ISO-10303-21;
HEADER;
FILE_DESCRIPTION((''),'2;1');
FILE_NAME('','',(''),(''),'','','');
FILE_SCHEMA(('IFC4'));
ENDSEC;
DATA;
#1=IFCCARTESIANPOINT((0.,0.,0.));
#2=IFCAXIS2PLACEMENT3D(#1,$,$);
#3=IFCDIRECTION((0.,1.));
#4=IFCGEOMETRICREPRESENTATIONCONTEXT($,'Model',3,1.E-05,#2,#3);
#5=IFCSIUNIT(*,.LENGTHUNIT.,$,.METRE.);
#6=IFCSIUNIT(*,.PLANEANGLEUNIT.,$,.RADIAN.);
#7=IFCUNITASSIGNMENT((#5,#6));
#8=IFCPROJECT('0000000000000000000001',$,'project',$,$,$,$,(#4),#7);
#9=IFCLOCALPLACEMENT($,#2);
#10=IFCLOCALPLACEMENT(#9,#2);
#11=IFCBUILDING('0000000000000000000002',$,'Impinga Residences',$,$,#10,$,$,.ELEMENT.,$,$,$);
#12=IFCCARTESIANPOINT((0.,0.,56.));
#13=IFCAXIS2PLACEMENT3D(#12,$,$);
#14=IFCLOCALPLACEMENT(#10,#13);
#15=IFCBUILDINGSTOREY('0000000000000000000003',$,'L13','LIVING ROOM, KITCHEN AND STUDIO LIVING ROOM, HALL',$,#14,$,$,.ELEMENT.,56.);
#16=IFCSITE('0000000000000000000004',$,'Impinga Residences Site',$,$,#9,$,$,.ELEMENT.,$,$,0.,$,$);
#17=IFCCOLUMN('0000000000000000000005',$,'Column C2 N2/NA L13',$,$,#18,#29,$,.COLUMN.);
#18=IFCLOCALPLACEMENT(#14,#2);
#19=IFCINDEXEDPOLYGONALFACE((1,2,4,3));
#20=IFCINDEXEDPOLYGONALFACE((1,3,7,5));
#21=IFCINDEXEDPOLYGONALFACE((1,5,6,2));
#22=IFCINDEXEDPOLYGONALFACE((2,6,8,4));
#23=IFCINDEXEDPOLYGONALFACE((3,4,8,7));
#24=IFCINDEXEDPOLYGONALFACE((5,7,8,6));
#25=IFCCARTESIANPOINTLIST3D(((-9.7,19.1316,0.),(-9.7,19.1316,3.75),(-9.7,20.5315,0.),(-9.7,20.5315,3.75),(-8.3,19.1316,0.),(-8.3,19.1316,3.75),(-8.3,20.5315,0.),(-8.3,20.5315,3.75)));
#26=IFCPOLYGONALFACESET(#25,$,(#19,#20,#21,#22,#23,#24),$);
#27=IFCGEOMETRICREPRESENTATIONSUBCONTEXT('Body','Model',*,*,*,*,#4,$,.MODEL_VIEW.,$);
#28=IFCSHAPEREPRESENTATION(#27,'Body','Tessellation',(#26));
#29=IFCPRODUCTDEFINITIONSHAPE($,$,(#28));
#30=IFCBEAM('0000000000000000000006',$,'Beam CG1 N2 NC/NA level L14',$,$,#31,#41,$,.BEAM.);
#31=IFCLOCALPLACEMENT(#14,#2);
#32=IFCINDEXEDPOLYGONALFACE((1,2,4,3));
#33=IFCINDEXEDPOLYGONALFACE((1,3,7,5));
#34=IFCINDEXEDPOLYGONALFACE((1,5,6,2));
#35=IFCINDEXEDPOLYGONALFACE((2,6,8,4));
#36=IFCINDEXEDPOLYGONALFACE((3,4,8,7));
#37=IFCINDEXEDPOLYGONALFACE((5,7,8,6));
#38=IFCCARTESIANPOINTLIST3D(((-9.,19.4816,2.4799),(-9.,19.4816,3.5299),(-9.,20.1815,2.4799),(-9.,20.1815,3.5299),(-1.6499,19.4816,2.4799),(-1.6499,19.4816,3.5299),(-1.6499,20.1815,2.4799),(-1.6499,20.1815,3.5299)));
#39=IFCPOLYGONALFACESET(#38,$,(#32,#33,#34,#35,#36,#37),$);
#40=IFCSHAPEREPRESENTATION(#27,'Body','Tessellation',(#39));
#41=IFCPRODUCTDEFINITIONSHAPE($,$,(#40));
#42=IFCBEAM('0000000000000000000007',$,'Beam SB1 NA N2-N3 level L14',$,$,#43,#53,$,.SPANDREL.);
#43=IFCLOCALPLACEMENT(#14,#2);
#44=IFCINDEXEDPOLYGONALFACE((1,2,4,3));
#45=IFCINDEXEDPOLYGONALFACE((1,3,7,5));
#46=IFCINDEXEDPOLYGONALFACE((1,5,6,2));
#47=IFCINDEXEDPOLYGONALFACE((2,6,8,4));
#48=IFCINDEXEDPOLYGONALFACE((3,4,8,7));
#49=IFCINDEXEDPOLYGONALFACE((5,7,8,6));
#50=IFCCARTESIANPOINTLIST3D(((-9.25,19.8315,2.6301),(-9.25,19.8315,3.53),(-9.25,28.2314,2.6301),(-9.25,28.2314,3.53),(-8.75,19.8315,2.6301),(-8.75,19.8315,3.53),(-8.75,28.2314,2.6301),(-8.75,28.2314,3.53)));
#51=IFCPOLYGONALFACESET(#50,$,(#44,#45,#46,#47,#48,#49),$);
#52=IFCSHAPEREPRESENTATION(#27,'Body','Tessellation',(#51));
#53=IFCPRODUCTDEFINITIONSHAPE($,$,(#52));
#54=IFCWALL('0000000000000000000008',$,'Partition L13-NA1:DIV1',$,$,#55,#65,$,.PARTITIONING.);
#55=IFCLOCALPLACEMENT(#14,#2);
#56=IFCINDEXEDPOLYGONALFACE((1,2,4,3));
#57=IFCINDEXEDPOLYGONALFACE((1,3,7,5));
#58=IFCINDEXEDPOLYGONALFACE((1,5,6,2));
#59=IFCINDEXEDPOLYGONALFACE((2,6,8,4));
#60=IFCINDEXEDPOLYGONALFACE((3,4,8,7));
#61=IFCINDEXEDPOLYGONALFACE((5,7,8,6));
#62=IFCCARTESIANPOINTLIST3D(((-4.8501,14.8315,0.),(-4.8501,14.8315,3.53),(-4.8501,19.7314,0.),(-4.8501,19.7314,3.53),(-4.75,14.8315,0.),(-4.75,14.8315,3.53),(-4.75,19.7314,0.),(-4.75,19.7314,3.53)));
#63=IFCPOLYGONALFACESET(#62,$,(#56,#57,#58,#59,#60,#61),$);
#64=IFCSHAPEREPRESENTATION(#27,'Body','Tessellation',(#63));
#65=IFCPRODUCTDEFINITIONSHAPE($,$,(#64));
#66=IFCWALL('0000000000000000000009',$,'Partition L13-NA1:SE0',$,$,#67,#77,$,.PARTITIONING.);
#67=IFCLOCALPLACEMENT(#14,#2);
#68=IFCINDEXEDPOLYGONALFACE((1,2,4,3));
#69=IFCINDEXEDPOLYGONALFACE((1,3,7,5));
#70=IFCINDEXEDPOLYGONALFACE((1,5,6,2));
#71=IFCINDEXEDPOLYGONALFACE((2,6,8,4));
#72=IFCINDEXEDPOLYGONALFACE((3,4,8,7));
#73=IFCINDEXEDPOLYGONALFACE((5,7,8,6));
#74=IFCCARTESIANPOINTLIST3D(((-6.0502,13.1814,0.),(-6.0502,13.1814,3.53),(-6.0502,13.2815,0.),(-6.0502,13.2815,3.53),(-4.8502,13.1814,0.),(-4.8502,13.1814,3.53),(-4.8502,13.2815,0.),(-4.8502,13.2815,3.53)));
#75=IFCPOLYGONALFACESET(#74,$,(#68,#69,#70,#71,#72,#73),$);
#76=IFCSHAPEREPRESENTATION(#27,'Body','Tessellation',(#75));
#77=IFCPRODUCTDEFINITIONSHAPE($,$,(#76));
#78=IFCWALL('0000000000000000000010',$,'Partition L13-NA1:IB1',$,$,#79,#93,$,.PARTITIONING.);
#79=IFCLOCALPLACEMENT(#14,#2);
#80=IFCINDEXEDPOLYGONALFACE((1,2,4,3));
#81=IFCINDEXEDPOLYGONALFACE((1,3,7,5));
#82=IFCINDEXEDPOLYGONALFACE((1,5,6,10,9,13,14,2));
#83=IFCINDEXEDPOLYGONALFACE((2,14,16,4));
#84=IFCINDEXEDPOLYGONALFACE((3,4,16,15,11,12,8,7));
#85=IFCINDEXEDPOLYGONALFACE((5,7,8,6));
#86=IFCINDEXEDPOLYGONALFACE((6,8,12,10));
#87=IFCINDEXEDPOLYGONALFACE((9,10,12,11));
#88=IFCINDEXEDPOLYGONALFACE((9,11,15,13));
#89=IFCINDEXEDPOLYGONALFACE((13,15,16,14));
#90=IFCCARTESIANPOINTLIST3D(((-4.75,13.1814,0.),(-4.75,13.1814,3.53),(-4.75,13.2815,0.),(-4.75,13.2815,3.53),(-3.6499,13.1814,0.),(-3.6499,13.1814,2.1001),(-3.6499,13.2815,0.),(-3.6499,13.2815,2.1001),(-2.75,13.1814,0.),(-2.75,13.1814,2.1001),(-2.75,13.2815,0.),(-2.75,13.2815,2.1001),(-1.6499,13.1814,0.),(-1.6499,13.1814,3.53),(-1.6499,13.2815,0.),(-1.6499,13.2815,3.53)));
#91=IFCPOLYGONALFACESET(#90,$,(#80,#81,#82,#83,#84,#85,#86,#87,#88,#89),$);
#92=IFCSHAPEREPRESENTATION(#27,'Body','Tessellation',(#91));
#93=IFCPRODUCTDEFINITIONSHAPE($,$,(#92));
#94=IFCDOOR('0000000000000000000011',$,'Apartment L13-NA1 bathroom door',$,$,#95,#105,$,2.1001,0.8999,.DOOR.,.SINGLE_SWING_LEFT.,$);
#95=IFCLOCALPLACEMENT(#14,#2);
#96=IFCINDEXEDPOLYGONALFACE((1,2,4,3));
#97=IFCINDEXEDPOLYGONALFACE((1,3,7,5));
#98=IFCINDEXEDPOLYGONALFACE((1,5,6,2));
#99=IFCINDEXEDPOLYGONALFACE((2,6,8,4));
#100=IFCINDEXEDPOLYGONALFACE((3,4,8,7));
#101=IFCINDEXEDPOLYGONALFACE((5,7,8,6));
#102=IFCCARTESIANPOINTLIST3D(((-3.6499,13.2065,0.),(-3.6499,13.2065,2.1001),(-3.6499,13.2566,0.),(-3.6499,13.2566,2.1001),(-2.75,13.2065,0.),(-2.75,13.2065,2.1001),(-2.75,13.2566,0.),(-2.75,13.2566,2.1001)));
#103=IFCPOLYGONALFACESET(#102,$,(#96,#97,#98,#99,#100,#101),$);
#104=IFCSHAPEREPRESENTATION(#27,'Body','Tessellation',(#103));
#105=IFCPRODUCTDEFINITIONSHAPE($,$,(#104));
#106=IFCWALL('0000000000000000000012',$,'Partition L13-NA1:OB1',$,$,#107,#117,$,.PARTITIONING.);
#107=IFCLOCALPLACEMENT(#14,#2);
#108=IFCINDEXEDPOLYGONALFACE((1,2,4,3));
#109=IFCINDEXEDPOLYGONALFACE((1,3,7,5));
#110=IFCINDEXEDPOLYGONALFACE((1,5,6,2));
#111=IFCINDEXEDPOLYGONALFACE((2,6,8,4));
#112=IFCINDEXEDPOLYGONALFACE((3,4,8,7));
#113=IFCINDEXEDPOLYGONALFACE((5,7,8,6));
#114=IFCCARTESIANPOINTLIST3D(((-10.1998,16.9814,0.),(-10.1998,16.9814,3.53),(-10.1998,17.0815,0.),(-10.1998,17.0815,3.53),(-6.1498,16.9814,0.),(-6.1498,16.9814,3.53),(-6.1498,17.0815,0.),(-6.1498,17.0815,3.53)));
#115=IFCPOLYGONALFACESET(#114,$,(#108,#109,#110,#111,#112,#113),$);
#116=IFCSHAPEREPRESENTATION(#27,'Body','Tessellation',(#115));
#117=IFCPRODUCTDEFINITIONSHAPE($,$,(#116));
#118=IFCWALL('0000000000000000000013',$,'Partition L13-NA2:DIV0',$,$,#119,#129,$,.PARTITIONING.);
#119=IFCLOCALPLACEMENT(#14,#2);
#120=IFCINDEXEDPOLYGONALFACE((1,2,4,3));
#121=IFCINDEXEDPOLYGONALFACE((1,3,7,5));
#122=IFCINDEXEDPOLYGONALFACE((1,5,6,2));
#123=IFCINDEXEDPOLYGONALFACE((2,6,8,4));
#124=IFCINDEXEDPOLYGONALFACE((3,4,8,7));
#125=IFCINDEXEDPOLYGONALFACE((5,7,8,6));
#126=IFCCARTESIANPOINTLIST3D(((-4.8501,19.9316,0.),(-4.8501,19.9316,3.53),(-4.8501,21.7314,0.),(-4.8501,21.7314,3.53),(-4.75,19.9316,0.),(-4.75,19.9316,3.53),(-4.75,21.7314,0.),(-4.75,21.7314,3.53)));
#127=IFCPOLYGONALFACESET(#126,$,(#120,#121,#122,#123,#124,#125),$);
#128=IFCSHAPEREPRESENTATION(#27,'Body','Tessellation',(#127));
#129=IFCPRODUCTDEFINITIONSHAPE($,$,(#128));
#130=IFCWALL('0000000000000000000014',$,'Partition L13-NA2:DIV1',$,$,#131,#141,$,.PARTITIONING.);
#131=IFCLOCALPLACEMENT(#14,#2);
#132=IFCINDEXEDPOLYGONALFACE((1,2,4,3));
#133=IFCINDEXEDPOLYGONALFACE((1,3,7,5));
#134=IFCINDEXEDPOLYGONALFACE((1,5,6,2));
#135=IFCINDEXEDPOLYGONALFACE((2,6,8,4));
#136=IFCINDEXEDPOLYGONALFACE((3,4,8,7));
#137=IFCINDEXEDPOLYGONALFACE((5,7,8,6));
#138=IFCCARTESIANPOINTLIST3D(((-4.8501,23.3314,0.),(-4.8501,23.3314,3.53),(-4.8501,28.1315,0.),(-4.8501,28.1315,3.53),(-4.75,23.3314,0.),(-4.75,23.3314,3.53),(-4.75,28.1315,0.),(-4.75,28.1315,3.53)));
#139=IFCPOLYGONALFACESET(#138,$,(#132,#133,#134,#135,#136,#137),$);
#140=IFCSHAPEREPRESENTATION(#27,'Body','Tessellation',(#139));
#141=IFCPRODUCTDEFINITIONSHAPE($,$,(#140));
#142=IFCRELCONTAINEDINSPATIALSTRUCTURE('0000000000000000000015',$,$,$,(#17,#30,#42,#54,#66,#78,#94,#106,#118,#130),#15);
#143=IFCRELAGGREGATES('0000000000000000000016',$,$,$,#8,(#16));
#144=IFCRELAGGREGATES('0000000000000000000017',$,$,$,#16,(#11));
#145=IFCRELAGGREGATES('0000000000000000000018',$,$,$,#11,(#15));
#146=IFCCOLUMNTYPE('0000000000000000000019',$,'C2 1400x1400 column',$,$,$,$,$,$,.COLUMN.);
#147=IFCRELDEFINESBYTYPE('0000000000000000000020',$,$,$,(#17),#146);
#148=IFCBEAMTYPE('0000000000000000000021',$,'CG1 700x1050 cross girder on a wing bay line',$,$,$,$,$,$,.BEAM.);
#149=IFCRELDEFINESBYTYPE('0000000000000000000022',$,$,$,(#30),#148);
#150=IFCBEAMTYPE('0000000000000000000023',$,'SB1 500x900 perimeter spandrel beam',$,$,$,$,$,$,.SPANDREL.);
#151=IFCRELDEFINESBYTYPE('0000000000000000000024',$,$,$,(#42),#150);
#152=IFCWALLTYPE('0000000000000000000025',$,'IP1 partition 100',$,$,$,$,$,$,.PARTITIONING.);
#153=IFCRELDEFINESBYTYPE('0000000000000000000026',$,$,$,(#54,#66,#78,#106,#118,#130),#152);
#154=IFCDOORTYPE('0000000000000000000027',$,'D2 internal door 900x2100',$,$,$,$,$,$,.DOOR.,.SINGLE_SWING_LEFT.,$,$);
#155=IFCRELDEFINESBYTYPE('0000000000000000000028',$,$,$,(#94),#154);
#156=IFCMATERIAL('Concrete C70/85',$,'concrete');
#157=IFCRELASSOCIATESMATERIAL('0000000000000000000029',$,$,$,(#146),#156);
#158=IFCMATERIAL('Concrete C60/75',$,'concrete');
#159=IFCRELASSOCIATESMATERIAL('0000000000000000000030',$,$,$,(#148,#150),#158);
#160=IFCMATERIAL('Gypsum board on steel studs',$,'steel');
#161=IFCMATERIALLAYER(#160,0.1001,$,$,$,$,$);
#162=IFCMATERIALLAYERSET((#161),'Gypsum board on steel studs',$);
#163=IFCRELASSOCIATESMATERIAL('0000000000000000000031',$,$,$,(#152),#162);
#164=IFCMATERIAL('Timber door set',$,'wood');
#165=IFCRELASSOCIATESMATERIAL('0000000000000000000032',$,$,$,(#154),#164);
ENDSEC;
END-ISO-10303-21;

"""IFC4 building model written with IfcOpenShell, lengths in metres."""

from ifc_helpers import new_model, si_unit, direction, frame, frame_2d, origin, origin_2d, place, context, subcontext, project, spatial, rectangle, extrude, material, layer, layer_set, material_profile, profile_set, type_object, element, fill, save


model = new_model("IFC4")

# Units and contexts
model_context = context("Model", 3, precision=1e-05, world=origin(), true_north=direction((0.0, 1.0)))
body_context = subcontext(model_context, "Body", "Model", "MODEL_VIEW")
ifc_project = project(units=[si_unit("LENGTHUNIT", "METRE"), si_unit("PLANEANGLEUNIT", "RADIAN")], contexts=[model_context])

# Site, building, storey
site_placement = place(None, origin())
site = spatial("IfcSite", under=ifc_project, at=site_placement, Name="Impinga Residences Site", CompositionType="ELEMENT", RefElevation=0.0)
building_placement = place(site_placement, origin())
building = spatial("IfcBuilding", under=site, at=building_placement, Name="Impinga Residences", CompositionType="ELEMENT")
storey_placement = place(building_placement, frame((0.0, 0.0, 56.0)))
storey = spatial("IfcBuildingStorey", under=building, at=storey_placement, Name="L13", Description="LIVING ROOM, KITCHEN AND STUDIO LIVING ROOM, HALL", CompositionType="ELEMENT", Elevation=56.0)

# Column
ifc_material_1 = material(Name="Concrete C70/85", Category="concrete")
ifc_material_profile_1 = material_profile(ifc_material_1, rectangle(XDim=1.3999, YDim=1.3999, at=origin_2d()), Name="RC 1400x1400")
ifc_profile_set_1 = profile_set([ifc_material_profile_1], Name="Concrete C70/85")
column_type = type_object("IfcColumnType", Name="C2 1400x1400 column", PredefinedType="COLUMN", material=ifc_profile_set_1)
column_placement = place(storey_placement, frame((-9.0, 19.8315, 0.0), z_axis=(0.0, 0.0, 1.0), x_axis=(1.0, 0.0, 0.0)))
element("IfcColumn", 1, at=column_placement, inside=storey, type_object=column_type, Name="Column C2 N2/NA L13", PredefinedType="COLUMN", context=body_context, shape_type="SweptSolid", body=[
    extrude(rectangle(XDim=1.3999, YDim=1.3999, at=origin_2d()), origin(), (0.0, 0.0, 1.0), 3.75),
])

# Beams
ifc_material_2 = material(Name="Concrete C60/75", Category="concrete")
ifc_material_profile_2 = material_profile(ifc_material_2, rectangle(XDim=0.7, YDim=1.05, at=origin_2d()), Name="RC 700x1050")
ifc_profile_set_2 = profile_set([ifc_material_profile_2], Name="Concrete C60/75")
beam_type_1 = type_object("IfcBeamType", Name="CG1 700x1050 cross girder on a wing bay line", PredefinedType="BEAM", material=ifc_profile_set_2)
beam_1_placement = place(storey_placement, frame((-1.6499, 19.8315, 3.0049), z_axis=(-1.0, 0.0, 0.0), x_axis=(0.0, -1.0, 0.0)))
element("IfcBeam", 2, at=beam_1_placement, inside=storey, type_object=beam_type_1, Name="Beam CG1 N2 NC/NA level L14", PredefinedType="BEAM", context=body_context, shape_type="SweptSolid", body=[
    extrude(rectangle(XDim=0.7, YDim=1.05, at=origin_2d()), origin(), (0.0, 0.0, 1.0), 7.3501),
])
ifc_material_profile_3 = material_profile(ifc_material_2, rectangle(XDim=0.5, YDim=0.8999, at=origin_2d()), Name="RC 500x900")
ifc_profile_set_3 = profile_set([ifc_material_profile_3], Name="Concrete C60/75")
beam_type_2 = type_object("IfcBeamType", Name="SB1 500x900 perimeter spandrel beam", PredefinedType="SPANDREL", material=ifc_profile_set_3)
beam_2_placement = place(storey_placement, frame((-9.0, 19.8315, 3.0801), z_axis=(0.0, 1.0, 0.0), x_axis=(-1.0, 0.0, 0.0)))
element("IfcBeam", 3, at=beam_2_placement, inside=storey, type_object=beam_type_2, Name="Beam SB1 NA N2-N3 level L14", PredefinedType="SPANDREL", context=body_context, shape_type="SweptSolid", body=[
    extrude(rectangle(XDim=0.5, YDim=0.8999, at=origin_2d()), origin(), (0.0, 0.0, 1.0), 8.3999),
])

# Walls
ifc_material_3 = material(Name="Gypsum board on steel studs", Category="steel")
ifc_layer_1 = layer(ifc_material_3, 0.1001)
ifc_layer_set_1 = layer_set([ifc_layer_1], Name="Gypsum board on steel studs")
wall_type_1 = type_object("IfcWallType", Name="IP1 partition 100", PredefinedType="PARTITIONING", material=ifc_layer_set_1)
wall_1_placement = place(storey_placement, frame((-4.8, 14.8315, 0.0), z_axis=(0.0, 0.0, 1.0), x_axis=(0.0, 1.0, 0.0)))
element("IfcWall", 4, at=wall_1_placement, inside=storey, type_object=wall_type_1, Name="Partition L13-NA1:DIV1", PredefinedType="PARTITIONING", context=body_context, shape_type="SweptSolid", body=[
    extrude(rectangle(XDim=4.8999, YDim=0.1001, at=frame_2d((2.45, 0.0))), origin(), (0.0, 0.0, 1.0), 3.53),
])
wall_2_placement = place(storey_placement, frame((-4.8501, 13.2314, 0.0), z_axis=(0.0, 0.0, 1.0), x_axis=(-1.0, 0.0, 0.0)))
element("IfcWall", 5, at=wall_2_placement, inside=storey, type_object=wall_type_1, Name="Partition L13-NA1:SE0", PredefinedType="PARTITIONING", context=body_context, shape_type="SweptSolid", body=[
    extrude(rectangle(XDim=1.2, YDim=0.1001, at=frame_2d((0.6001, 0.0))), origin(), (0.0, 0.0, 1.0), 3.53),
])

# Wall, opening, door
wall_3_placement = place(storey_placement, frame((-1.6499, 13.2314, 0.0), z_axis=(0.0, 0.0, 1.0), x_axis=(-1.0, 0.0, 0.0)))
wall_3 = element("IfcWall", 6, at=wall_3_placement, inside=storey, type_object=wall_type_1, Name="Partition L13-NA1:IB1", PredefinedType="PARTITIONING", context=body_context, shape_type="SweptSolid", body=[
    extrude(rectangle(XDim=3.1001, YDim=0.1001, at=frame_2d((1.55, 0.0))), origin(), (0.0, 0.0, 1.0), 3.53),
])
opening_1_placement = place(wall_3_placement, frame((1.1001, 0.0, 0.0)))
opening_1 = element("IfcOpeningElement", 7, at=opening_1_placement, cuts=wall_3, PredefinedType="OPENING", context=body_context, shape_type="SweptSolid", body=[
    extrude(rectangle(XDim=0.8999, YDim=2.1001, at=frame_2d((0.45, 1.05))), frame((0.0, 0.0601, 0.0), z_axis=(0.0, -1.0, 0.0), x_axis=(1.0, 0.0, 0.0)), (0.0, 0.0, 1.0), 0.1201),
])
ifc_material_4 = material(Name="Timber door set", Category="wood")
door_type = type_object("IfcDoorType", Name="D2 internal door 900x2100", OperationType="SINGLE_SWING_LEFT", PredefinedType="DOOR", material=ifc_material_4)
door_1_placement = place(opening_1_placement, origin())
door_1 = element("IfcDoor", 8, at=door_1_placement, inside=storey, type_object=door_type, Name="Apartment L13-NA1 bathroom door", OperationType="SINGLE_SWING_LEFT", OverallHeight=2.1001, OverallWidth=0.8999, PredefinedType="DOOR", context=body_context, shape_type="SweptSolid", body=[
    extrude(rectangle(XDim=0.8999, YDim=2.1001, at=frame_2d((0.45, 1.05))), frame((0.0, 0.0249, 0.0), z_axis=(0.0, -1.0, 0.0), x_axis=(1.0, 0.0, 0.0)), (0.0, 0.0, 1.0), 0.05),
])
fill(opening_1, door_1)

# Walls
wall_4_placement = place(storey_placement, frame((-6.1499, 17.0315, 0.0), z_axis=(0.0, 0.0, 1.0), x_axis=(-1.0, 0.0, 0.0)))
element("IfcWall", 9, at=wall_4_placement, inside=storey, type_object=wall_type_1, Name="Partition L13-NA1:OB1", PredefinedType="PARTITIONING", context=body_context, shape_type="SweptSolid", body=[
    extrude(rectangle(XDim=4.05, YDim=0.1001, at=frame_2d((2.0249, 0.0))), origin(), (0.0, 0.0, 1.0), 3.53),
])
wall_5_placement = place(storey_placement, frame((-4.8, 19.9316, 0.0), z_axis=(0.0, 0.0, 1.0), x_axis=(0.0, 1.0, 0.0)))
element("IfcWall", 10, at=wall_5_placement, inside=storey, type_object=wall_type_1, Name="Partition L13-NA2:DIV0", PredefinedType="PARTITIONING", context=body_context, shape_type="SweptSolid", body=[
    extrude(rectangle(XDim=1.7998, YDim=0.1001, at=frame_2d((0.8999, 0.0))), origin(), (0.0, 0.0, 1.0), 3.53),
])
wall_6_placement = place(storey_placement, frame((-4.8, 23.3315, 0.0), z_axis=(0.0, 0.0, 1.0), x_axis=(0.0, 1.0, 0.0)))
element("IfcWall", 11, at=wall_6_placement, inside=storey, type_object=wall_type_1, Name="Partition L13-NA2:DIV1", PredefinedType="PARTITIONING", context=body_context, shape_type="SweptSolid", body=[
    extrude(rectangle(XDim=4.8, YDim=0.1001, at=frame_2d((2.3999, 0.0))), origin(), (0.0, 0.0, 1.0), 3.53),
])

save(model, "model.ifc")
